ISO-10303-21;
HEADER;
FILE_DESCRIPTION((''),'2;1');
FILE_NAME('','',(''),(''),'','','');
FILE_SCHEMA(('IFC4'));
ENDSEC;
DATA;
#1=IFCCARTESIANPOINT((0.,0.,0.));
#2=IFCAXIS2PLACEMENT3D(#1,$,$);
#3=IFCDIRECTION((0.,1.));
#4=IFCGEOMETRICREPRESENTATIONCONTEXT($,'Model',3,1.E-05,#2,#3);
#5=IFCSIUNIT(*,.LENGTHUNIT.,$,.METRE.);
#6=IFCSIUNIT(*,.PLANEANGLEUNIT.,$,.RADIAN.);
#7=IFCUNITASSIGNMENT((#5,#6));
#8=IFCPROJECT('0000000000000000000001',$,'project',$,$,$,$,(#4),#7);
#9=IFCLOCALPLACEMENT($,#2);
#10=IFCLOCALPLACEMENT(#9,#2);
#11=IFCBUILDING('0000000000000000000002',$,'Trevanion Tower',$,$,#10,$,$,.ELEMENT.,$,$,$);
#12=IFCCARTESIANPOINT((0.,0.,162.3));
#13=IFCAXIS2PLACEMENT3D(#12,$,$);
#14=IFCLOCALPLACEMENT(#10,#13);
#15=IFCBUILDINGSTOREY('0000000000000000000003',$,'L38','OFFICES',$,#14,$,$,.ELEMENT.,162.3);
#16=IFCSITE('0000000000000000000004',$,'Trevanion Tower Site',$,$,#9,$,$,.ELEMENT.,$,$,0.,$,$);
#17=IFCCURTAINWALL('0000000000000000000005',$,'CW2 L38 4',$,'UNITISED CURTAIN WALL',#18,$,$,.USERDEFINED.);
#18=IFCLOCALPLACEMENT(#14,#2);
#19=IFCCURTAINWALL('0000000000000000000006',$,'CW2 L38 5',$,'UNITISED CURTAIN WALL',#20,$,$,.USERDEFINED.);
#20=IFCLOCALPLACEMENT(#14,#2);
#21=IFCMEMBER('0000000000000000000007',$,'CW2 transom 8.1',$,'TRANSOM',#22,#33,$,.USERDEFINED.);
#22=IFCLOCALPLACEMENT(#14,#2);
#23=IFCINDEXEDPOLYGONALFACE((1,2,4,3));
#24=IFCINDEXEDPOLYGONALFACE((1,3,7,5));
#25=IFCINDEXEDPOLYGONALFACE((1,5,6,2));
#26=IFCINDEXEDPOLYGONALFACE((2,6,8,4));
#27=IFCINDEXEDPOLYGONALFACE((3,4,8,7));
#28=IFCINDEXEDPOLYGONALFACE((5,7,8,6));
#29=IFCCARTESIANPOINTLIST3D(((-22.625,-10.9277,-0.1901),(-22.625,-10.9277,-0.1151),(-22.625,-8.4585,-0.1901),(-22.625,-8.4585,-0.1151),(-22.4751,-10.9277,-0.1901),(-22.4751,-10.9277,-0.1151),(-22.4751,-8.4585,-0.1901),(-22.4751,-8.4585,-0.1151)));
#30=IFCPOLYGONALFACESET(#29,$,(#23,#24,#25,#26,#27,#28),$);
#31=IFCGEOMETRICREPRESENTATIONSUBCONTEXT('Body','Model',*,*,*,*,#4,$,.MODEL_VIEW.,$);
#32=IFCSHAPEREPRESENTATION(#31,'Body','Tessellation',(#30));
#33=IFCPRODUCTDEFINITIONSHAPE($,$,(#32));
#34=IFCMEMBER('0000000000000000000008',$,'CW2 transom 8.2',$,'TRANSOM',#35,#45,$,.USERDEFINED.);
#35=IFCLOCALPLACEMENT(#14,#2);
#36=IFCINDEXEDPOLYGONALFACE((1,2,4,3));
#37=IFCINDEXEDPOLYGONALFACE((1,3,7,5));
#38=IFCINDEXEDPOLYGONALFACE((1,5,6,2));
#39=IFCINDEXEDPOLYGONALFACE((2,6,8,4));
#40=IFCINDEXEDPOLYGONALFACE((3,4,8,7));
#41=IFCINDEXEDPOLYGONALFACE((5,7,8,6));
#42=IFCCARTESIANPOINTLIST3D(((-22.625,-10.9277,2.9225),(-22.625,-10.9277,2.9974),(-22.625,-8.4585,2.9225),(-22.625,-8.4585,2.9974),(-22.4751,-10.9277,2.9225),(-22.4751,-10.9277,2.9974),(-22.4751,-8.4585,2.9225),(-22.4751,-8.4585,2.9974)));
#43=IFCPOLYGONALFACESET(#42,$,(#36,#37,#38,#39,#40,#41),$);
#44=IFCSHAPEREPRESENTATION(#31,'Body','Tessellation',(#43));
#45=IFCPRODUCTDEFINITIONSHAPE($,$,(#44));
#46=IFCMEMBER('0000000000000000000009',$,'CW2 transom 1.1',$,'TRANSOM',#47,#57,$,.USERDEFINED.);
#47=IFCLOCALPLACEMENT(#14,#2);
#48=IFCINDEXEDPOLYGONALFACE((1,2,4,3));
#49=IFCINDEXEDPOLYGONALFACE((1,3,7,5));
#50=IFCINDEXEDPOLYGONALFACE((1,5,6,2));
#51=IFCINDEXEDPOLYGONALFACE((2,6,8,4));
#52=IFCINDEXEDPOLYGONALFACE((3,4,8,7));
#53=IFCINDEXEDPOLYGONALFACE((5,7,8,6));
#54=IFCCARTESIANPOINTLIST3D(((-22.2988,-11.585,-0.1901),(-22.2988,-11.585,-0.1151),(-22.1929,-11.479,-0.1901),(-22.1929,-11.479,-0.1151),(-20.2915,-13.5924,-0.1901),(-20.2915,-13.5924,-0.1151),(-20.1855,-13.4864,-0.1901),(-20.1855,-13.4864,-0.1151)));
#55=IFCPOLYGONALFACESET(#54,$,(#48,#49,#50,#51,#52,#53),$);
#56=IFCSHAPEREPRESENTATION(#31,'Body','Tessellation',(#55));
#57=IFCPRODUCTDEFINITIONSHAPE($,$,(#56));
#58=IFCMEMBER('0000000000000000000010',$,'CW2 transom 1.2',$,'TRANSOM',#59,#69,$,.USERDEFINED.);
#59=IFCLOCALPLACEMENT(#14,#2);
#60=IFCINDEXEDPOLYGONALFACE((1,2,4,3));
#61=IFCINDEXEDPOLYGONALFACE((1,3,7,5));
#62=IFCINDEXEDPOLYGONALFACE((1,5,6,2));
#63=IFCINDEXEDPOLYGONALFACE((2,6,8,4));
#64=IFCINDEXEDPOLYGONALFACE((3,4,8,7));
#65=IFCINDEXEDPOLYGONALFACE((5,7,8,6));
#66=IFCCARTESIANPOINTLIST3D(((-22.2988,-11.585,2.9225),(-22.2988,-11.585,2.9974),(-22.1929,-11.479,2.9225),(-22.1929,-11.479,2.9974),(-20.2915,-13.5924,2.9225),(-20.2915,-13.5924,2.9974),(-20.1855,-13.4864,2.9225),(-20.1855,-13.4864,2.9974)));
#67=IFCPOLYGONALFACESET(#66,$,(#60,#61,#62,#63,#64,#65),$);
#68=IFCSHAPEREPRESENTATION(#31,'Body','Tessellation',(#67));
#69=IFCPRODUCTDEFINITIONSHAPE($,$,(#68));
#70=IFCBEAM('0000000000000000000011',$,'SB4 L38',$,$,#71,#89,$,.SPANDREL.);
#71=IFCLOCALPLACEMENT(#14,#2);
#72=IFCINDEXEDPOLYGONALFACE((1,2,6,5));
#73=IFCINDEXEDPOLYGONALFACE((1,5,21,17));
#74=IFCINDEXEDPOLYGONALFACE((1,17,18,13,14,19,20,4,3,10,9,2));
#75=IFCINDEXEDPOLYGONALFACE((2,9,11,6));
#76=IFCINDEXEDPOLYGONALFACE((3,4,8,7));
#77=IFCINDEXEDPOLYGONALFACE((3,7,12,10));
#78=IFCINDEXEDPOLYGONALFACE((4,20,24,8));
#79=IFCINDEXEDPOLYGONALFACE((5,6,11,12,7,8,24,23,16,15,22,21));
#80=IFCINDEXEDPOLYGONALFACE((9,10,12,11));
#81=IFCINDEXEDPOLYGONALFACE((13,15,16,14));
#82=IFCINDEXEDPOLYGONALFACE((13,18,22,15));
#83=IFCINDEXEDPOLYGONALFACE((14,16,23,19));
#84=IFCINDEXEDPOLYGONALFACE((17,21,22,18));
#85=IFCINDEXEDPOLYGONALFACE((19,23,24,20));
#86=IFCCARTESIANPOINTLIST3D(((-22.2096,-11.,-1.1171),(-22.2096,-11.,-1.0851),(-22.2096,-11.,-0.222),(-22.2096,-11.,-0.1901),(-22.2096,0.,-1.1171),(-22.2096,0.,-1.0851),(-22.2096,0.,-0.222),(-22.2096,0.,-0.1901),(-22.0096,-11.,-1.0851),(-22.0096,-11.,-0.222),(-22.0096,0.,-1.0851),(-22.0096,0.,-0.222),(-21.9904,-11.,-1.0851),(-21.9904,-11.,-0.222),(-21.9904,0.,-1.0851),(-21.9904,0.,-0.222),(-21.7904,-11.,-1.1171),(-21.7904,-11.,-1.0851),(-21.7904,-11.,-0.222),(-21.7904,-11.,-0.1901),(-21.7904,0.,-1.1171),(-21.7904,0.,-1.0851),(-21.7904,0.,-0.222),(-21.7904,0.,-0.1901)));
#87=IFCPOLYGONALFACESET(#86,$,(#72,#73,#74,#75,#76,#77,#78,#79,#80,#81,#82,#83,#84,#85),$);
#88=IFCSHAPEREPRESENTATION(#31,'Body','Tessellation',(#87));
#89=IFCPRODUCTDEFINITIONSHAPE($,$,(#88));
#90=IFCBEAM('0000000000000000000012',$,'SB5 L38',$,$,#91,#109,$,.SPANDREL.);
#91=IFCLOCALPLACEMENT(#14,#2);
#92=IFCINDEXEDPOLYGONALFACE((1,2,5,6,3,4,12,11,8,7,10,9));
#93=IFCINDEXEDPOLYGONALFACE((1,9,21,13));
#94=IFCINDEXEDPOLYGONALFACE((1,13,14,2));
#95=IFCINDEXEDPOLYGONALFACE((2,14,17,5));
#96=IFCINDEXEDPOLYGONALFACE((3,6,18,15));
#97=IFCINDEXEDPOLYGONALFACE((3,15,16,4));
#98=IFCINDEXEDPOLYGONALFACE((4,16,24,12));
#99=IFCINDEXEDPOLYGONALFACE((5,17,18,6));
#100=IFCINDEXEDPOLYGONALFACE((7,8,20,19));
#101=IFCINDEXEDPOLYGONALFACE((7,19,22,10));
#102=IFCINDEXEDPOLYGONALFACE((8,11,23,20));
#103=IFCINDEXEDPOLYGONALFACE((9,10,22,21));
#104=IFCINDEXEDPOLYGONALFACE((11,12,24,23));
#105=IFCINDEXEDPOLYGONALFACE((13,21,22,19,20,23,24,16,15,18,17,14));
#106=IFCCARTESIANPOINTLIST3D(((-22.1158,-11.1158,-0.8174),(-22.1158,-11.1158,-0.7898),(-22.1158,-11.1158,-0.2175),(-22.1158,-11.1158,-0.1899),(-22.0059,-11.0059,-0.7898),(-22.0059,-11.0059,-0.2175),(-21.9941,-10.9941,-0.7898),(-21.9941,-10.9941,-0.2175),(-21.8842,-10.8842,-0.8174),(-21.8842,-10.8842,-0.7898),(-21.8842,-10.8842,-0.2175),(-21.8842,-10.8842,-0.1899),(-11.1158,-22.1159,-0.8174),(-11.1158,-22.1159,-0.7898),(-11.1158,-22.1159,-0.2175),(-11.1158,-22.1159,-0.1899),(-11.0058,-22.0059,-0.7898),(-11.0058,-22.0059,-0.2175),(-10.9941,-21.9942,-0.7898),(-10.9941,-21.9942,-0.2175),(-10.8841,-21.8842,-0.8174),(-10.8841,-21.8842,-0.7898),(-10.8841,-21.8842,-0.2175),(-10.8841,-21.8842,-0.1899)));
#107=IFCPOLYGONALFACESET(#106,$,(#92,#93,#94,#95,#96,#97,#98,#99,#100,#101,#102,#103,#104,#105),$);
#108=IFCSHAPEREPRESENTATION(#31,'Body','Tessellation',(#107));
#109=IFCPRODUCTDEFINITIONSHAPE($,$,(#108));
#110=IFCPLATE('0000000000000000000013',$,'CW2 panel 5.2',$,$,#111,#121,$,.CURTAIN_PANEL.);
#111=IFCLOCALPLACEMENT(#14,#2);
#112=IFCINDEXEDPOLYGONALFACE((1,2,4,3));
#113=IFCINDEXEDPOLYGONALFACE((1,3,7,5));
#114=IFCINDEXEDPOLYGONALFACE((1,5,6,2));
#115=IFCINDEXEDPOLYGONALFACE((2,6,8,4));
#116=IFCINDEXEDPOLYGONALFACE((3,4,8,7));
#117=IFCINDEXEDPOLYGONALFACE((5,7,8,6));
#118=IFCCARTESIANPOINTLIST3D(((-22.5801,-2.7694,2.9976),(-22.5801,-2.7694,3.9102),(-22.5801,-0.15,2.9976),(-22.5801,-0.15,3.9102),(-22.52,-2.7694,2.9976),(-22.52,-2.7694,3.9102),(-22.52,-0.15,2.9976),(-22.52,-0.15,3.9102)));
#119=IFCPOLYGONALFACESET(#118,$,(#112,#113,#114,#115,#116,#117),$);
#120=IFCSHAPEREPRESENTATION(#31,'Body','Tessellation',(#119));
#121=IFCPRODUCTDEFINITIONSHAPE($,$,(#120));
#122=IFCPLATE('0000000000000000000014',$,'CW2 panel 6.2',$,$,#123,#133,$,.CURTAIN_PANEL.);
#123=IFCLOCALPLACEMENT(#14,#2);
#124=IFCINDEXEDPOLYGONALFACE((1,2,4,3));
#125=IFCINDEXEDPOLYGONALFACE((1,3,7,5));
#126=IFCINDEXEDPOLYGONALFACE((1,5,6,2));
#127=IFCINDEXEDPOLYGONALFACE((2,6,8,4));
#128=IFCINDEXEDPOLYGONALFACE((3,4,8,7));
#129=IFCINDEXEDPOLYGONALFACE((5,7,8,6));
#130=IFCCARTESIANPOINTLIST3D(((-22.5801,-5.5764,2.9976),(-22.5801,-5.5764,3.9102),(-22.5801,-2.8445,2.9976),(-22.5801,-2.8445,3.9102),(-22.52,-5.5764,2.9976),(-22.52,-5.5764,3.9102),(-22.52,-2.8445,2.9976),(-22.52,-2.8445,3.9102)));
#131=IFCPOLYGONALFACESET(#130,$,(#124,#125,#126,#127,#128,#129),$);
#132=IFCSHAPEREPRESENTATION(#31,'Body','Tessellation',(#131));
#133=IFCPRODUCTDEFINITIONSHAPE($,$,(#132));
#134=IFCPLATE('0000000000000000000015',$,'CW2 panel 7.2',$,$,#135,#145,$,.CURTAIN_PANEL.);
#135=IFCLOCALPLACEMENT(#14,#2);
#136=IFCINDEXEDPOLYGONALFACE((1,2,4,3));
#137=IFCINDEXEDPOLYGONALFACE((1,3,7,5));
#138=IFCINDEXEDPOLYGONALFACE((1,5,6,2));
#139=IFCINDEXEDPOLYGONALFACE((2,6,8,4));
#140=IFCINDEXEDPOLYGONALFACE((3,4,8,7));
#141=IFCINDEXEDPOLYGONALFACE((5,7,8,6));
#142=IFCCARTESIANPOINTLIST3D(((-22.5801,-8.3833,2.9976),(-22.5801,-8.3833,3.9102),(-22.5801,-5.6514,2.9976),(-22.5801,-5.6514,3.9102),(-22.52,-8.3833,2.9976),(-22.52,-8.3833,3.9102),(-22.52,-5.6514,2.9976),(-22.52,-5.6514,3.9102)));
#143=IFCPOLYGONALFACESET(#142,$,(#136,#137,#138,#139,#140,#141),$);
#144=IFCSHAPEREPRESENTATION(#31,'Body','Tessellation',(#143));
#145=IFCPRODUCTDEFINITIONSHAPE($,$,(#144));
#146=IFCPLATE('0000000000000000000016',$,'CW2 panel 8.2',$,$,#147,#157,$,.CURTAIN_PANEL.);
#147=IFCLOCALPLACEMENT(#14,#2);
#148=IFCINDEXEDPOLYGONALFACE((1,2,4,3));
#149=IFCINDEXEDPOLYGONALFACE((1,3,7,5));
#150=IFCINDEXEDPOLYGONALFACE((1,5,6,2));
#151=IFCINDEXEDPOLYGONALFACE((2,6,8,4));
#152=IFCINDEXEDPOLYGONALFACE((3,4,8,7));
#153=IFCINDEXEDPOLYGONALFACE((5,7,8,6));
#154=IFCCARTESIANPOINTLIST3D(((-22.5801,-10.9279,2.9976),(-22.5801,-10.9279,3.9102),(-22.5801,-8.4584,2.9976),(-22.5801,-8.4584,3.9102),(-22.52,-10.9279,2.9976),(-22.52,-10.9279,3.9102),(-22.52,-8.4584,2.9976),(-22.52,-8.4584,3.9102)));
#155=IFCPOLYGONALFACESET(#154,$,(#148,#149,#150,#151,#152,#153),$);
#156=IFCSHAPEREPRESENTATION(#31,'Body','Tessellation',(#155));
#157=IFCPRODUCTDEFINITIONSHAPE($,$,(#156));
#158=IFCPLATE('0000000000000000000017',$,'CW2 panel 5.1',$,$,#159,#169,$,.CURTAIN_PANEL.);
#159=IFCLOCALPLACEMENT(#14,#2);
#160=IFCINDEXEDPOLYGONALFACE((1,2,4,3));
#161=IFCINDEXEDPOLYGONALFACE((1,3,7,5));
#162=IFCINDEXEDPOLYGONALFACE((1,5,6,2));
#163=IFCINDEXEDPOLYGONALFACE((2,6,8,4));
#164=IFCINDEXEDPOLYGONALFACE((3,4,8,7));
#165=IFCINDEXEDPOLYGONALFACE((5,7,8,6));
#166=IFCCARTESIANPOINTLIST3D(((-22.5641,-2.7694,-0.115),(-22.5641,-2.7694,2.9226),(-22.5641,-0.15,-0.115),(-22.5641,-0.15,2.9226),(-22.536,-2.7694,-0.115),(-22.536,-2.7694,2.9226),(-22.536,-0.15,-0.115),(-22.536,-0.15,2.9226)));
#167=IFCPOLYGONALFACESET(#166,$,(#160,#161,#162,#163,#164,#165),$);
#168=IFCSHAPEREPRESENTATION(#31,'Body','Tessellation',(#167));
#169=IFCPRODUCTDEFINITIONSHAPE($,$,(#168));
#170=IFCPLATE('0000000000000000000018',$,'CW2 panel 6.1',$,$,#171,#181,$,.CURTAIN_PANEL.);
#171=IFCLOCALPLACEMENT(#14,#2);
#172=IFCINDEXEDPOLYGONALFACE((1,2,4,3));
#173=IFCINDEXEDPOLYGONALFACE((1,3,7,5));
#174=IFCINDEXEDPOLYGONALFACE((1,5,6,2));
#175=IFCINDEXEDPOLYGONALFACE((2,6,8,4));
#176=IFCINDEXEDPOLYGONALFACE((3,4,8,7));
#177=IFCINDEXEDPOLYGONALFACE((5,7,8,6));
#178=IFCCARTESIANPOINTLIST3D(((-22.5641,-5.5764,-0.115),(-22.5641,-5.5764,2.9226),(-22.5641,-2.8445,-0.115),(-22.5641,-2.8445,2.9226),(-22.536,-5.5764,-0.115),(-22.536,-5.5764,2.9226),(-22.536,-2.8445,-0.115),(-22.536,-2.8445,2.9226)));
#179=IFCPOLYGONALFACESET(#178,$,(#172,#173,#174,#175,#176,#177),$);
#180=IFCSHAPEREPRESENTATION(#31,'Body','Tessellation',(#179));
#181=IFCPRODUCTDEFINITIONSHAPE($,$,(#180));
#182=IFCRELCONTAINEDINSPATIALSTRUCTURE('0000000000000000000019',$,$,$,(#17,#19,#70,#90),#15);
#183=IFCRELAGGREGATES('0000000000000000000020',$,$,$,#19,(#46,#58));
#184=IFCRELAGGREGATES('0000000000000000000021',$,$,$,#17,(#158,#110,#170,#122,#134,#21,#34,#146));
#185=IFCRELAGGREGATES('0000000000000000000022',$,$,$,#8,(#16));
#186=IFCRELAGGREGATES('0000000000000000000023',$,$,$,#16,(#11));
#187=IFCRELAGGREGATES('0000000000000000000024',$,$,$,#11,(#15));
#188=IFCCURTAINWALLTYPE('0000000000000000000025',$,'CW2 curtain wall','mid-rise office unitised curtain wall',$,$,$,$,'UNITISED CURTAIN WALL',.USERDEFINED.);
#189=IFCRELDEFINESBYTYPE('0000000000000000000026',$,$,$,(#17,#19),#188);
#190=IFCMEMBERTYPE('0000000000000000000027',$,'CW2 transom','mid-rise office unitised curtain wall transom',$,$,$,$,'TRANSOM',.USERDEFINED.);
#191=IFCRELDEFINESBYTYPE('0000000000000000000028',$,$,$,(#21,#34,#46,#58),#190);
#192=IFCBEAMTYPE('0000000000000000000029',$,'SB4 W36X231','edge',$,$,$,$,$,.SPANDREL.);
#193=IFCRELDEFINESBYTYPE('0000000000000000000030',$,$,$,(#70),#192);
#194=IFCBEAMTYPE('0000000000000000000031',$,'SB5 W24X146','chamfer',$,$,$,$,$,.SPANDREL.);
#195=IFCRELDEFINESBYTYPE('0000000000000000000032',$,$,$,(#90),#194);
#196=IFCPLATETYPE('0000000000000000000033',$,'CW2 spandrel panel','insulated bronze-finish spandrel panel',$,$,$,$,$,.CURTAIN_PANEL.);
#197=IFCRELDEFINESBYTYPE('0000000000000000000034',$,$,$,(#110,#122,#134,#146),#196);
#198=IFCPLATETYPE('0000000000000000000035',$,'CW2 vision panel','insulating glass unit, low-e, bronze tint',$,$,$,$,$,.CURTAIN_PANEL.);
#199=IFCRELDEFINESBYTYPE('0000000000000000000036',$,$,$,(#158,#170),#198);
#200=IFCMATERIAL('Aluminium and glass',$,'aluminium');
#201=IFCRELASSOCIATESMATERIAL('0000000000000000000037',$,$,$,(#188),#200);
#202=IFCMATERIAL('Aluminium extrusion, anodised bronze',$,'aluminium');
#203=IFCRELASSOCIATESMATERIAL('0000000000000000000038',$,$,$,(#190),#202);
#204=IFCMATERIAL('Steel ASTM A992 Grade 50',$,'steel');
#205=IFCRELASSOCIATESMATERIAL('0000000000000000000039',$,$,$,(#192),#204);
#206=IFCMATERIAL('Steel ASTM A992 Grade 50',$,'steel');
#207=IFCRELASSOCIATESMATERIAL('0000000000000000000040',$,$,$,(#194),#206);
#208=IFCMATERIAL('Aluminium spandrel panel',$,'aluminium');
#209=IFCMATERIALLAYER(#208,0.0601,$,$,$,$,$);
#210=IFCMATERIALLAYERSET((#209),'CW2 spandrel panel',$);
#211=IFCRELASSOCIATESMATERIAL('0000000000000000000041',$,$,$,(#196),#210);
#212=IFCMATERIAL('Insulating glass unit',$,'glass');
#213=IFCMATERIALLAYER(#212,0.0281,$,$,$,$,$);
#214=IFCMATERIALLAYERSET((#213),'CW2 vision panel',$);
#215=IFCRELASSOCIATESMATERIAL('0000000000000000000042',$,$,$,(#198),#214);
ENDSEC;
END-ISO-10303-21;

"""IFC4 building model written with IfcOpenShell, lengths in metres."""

from ifc_helpers import new_model, si_unit, direction, frame, origin, origin_2d, place, context, subcontext, project, spatial, rectangle, i_section, extrude, material, layer, layer_set, material_profile, profile_set, type_object, element, aggregate, save


model = new_model("IFC4")

# Units and contexts
model_context = context("Model", 3, precision=1e-05, world=origin(), true_north=direction((0.0, 1.0)))
body_context = subcontext(model_context, "Body", "Model", "MODEL_VIEW")
ifc_project = project(units=[si_unit("LENGTHUNIT", "METRE"), si_unit("PLANEANGLEUNIT", "RADIAN")], contexts=[model_context])

# Site, building, storey
site_placement = place(None, origin())
site = spatial("IfcSite", under=ifc_project, at=site_placement, Name="Trevanion Tower Site", CompositionType="ELEMENT", RefElevation=0.0)
building_placement = place(site_placement, origin())
building = spatial("IfcBuilding", under=site, at=building_placement, Name="Trevanion Tower", CompositionType="ELEMENT")
storey_placement = place(building_placement, frame((0.0, 0.0, 162.3)))
storey = spatial("IfcBuildingStorey", under=building, at=storey_placement, Name="L38", Description="OFFICES", CompositionType="ELEMENT", Elevation=162.3)

# Curtain wall
ifc_material_1 = material(Name="Aluminium and glass", Category="aluminium")
curtain_wall_type = type_object("IfcCurtainWallType", Name="CW2 curtain wall", Description="mid-rise office unitised curtain wall", ElementType="UNITISED CURTAIN WALL", PredefinedType="USERDEFINED", material=ifc_material_1)
curtain_wall_1_placement = place(storey_placement, origin())
curtain_wall_1 = element("IfcCurtainWall", 1, at=curtain_wall_1_placement, inside=storey, type_object=curtain_wall_type, Name="CW2 L38 4", ObjectType="UNITISED CURTAIN WALL", PredefinedType="USERDEFINED")

# Curtain wall
curtain_wall_2_placement = place(storey_placement, origin())
curtain_wall_2 = element("IfcCurtainWall", 2, at=curtain_wall_2_placement, inside=storey, type_object=curtain_wall_type, Name="CW2 L38 5", ObjectType="UNITISED CURTAIN WALL", PredefinedType="USERDEFINED")

# Members
ifc_material_2 = material(Name="Aluminium extrusion, anodised bronze", Category="aluminium")
ifc_material_profile_1 = material_profile(ifc_material_2, rectangle(XDim=0.1499, YDim=0.075, at=origin_2d()), Name="CW2 transom")
ifc_profile_set_1 = profile_set([ifc_material_profile_1], Name="Aluminium extrusion, anodised bronze")
member_type_1 = type_object("IfcMemberType", Name="CW2 transom", Description="mid-rise office unitised curtain wall transom", ElementType="TRANSOM", PredefinedType="USERDEFINED", material=ifc_profile_set_1)
member_1_placement = place(storey_placement, frame((-22.55, -8.4585, -0.1526), z_axis=(0.0, -1.0, 0.0), x_axis=(1.0, 0.0, 0.0)))
member_1 = element("IfcMember", 3, at=member_1_placement, type_object=member_type_1, Name="CW2 transom 8.1", ObjectType="TRANSOM", PredefinedType="USERDEFINED", context=body_context, shape_type="SweptSolid", body=[
    extrude(rectangle(XDim=0.1499, YDim=0.075, at=origin_2d()), origin(), (0.0, 0.0, 1.0), 2.4692),
])
member_2_placement = place(storey_placement, frame((-22.55, -8.4585, 2.96), z_axis=(0.0, -1.0, 0.0), x_axis=(1.0, 0.0, 0.0)))
member_2 = element("IfcMember", 4, at=member_2_placement, type_object=member_type_1, Name="CW2 transom 8.2", ObjectType="TRANSOM", PredefinedType="USERDEFINED", context=body_context, shape_type="SweptSolid", body=[
    extrude(rectangle(XDim=0.1499, YDim=0.075, at=origin_2d()), origin(), (0.0, 0.0, 1.0), 2.4692),
])
member_3_placement = place(storey_placement, frame((-22.2458, -11.532, -0.1526), z_axis=(0.707107, -0.707107, 0.0), x_axis=(0.707107, 0.707107, 0.0)))
member_3 = element("IfcMember", 5, at=member_3_placement, type_object=member_type_1, Name="CW2 transom 1.1", ObjectType="TRANSOM", PredefinedType="USERDEFINED", context=body_context, shape_type="SweptSolid", body=[
    extrude(rectangle(XDim=0.1499, YDim=0.075, at=origin_2d()), origin(), (0.0, 0.0, 1.0), 2.8389),
])
member_4_placement = place(storey_placement, frame((-22.2458, -11.532, 2.96), z_axis=(0.707107, -0.707107, 0.0), x_axis=(0.707107, 0.707107, 0.0)))
member_4 = element("IfcMember", 6, at=member_4_placement, type_object=member_type_1, Name="CW2 transom 1.2", ObjectType="TRANSOM", PredefinedType="USERDEFINED", context=body_context, shape_type="SweptSolid", body=[
    extrude(rectangle(XDim=0.1499, YDim=0.075, at=origin_2d()), origin(), (0.0, 0.0, 1.0), 2.8389),
])
aggregate(curtain_wall_2, [member_3, member_4])

# Beams
ifc_material_3 = material(Name="Steel ASTM A992 Grade 50", Category="steel")
ifc_material_profile_2 = material_profile(ifc_material_3, i_section(OverallWidth=0.4192, OverallDepth=0.927, WebThickness=0.0193, FlangeThickness=0.032, at=origin_2d()), Name="W36X231")
ifc_profile_set_2 = profile_set([ifc_material_profile_2], Name="Steel ASTM A992 Grade 50")
beam_type_1 = type_object("IfcBeamType", Name="SB4 W36X231", Description="edge", PredefinedType="SPANDREL", material=ifc_profile_set_2)
beam_1_placement = place(storey_placement, frame((-22.0, 0.0, -0.6536), z_axis=(0.0, -1.0, 0.0), x_axis=(1.0, 0.0, 0.0)))
element("IfcBeam", 7, at=beam_1_placement, inside=storey, type_object=beam_type_1, Name="SB4 L38", PredefinedType="SPANDREL", context=body_context, shape_type="SweptSolid", body=[
    extrude(i_section(OverallWidth=0.4192, OverallDepth=0.927, WebThickness=0.0193, FlangeThickness=0.032, at=origin_2d()), origin(), (0.0, 0.0, 1.0), 11.0),
])
ifc_material_4 = material(Name="Steel ASTM A992 Grade 50", Category="steel")
ifc_material_profile_3 = material_profile(ifc_material_4, i_section(OverallWidth=0.3276, OverallDepth=0.6274, WebThickness=0.0166, FlangeThickness=0.0276, at=origin_2d()), Name="W24X146")
ifc_profile_set_3 = profile_set([ifc_material_profile_3], Name="Steel ASTM A992 Grade 50")
beam_type_2 = type_object("IfcBeamType", Name="SB5 W24X146", Description="chamfer", PredefinedType="SPANDREL", material=ifc_profile_set_3)
beam_2_placement = place(storey_placement, frame((-22.0, -11.0, -0.5037), z_axis=(0.707107, -0.707107, 0.0), x_axis=(0.707107, 0.707107, 0.0)))
element("IfcBeam", 8, at=beam_2_placement, inside=storey, type_object=beam_type_2, Name="SB5 L38", PredefinedType="SPANDREL", context=body_context, shape_type="SweptSolid", body=[
    extrude(i_section(OverallWidth=0.3276, OverallDepth=0.6274, WebThickness=0.0166, FlangeThickness=0.0276, at=origin_2d()), origin(), (0.0, 0.0, 1.0), 15.5564),
])

# Plates
ifc_material_5 = material(Name="Aluminium spandrel panel", Category="aluminium")
ifc_layer_1 = layer(ifc_material_5, 0.0601)
ifc_layer_set_1 = layer_set([ifc_layer_1], Name="CW2 spandrel panel")
plate_type_1 = type_object("IfcPlateType", Name="CW2 spandrel panel", Description="insulated bronze-finish spandrel panel", PredefinedType="CURTAIN_PANEL", material=ifc_layer_set_1)
plate_1_placement = place(storey_placement, frame((-22.55, -1.4597, 2.9976), z_axis=(0.0, 0.0, 1.0), x_axis=(0.0, -1.0, 0.0)))
plate_1 = element("IfcPlate", 9, at=plate_1_placement, type_object=plate_type_1, Name="CW2 panel 5.2", PredefinedType="CURTAIN_PANEL", context=body_context, shape_type="SweptSolid", body=[
    extrude(rectangle(XDim=2.6194, YDim=0.0601, at=origin_2d()), origin(), (0.0, 0.0, 1.0), 0.9126),
])
plate_2_placement = place(storey_placement, frame((-22.55, -4.2104, 2.9976), z_axis=(0.0, 0.0, 1.0), x_axis=(0.0, -1.0, 0.0)))
plate_2 = element("IfcPlate", 10, at=plate_2_placement, type_object=plate_type_1, Name="CW2 panel 6.2", PredefinedType="CURTAIN_PANEL", context=body_context, shape_type="SweptSolid", body=[
    extrude(rectangle(XDim=2.7319, YDim=0.0601, at=origin_2d()), origin(), (0.0, 0.0, 1.0), 0.9126),
])
plate_3_placement = place(storey_placement, frame((-22.55, -7.0173, 2.9976), z_axis=(0.0, 0.0, 1.0), x_axis=(0.0, -1.0, 0.0)))
plate_3 = element("IfcPlate", 11, at=plate_3_placement, type_object=plate_type_1, Name="CW2 panel 7.2", PredefinedType="CURTAIN_PANEL", context=body_context, shape_type="SweptSolid", body=[
    extrude(rectangle(XDim=2.7319, YDim=0.0601, at=origin_2d()), origin(), (0.0, 0.0, 1.0), 0.9126),
])
plate_4_placement = place(storey_placement, frame((-22.55, -9.6931, 2.9976), z_axis=(0.0, 0.0, 1.0), x_axis=(0.0, -1.0, 0.0)))
plate_4 = element("IfcPlate", 12, at=plate_4_placement, type_object=plate_type_1, Name="CW2 panel 8.2", PredefinedType="CURTAIN_PANEL", context=body_context, shape_type="SweptSolid", body=[
    extrude(rectangle(XDim=2.4695, YDim=0.0601, at=origin_2d()), origin(), (0.0, 0.0, 1.0), 0.9126),
])
ifc_material_6 = material(Name="Insulating glass unit", Category="glass")
ifc_layer_2 = layer(ifc_material_6, 0.0281)
ifc_layer_set_2 = layer_set([ifc_layer_2], Name="CW2 vision panel")
plate_type_2 = type_object("IfcPlateType", Name="CW2 vision panel", Description="insulating glass unit, low-e, bronze tint", PredefinedType="CURTAIN_PANEL", material=ifc_layer_set_2)
plate_5_placement = place(storey_placement, frame((-22.55, -1.4597, -0.115), z_axis=(0.0, 0.0, 1.0), x_axis=(0.0, -1.0, 0.0)))
plate_5 = element("IfcPlate", 13, at=plate_5_placement, type_object=plate_type_2, Name="CW2 panel 5.1", PredefinedType="CURTAIN_PANEL", context=body_context, shape_type="SweptSolid", body=[
    extrude(rectangle(XDim=2.6194, YDim=0.0281, at=origin_2d()), origin(), (0.0, 0.0, 1.0), 3.0376),
])
plate_6_placement = place(storey_placement, frame((-22.55, -4.2104, -0.115), z_axis=(0.0, 0.0, 1.0), x_axis=(0.0, -1.0, 0.0)))
plate_6 = element("IfcPlate", 14, at=plate_6_placement, type_object=plate_type_2, Name="CW2 panel 6.1", PredefinedType="CURTAIN_PANEL", context=body_context, shape_type="SweptSolid", body=[
    extrude(rectangle(XDim=2.7319, YDim=0.0281, at=origin_2d()), origin(), (0.0, 0.0, 1.0), 3.0376),
])
aggregate(curtain_wall_1, [plate_5, plate_1, plate_6, plate_2, plate_3, member_1, member_2, plate_4])

save(model, "model.ifc")
